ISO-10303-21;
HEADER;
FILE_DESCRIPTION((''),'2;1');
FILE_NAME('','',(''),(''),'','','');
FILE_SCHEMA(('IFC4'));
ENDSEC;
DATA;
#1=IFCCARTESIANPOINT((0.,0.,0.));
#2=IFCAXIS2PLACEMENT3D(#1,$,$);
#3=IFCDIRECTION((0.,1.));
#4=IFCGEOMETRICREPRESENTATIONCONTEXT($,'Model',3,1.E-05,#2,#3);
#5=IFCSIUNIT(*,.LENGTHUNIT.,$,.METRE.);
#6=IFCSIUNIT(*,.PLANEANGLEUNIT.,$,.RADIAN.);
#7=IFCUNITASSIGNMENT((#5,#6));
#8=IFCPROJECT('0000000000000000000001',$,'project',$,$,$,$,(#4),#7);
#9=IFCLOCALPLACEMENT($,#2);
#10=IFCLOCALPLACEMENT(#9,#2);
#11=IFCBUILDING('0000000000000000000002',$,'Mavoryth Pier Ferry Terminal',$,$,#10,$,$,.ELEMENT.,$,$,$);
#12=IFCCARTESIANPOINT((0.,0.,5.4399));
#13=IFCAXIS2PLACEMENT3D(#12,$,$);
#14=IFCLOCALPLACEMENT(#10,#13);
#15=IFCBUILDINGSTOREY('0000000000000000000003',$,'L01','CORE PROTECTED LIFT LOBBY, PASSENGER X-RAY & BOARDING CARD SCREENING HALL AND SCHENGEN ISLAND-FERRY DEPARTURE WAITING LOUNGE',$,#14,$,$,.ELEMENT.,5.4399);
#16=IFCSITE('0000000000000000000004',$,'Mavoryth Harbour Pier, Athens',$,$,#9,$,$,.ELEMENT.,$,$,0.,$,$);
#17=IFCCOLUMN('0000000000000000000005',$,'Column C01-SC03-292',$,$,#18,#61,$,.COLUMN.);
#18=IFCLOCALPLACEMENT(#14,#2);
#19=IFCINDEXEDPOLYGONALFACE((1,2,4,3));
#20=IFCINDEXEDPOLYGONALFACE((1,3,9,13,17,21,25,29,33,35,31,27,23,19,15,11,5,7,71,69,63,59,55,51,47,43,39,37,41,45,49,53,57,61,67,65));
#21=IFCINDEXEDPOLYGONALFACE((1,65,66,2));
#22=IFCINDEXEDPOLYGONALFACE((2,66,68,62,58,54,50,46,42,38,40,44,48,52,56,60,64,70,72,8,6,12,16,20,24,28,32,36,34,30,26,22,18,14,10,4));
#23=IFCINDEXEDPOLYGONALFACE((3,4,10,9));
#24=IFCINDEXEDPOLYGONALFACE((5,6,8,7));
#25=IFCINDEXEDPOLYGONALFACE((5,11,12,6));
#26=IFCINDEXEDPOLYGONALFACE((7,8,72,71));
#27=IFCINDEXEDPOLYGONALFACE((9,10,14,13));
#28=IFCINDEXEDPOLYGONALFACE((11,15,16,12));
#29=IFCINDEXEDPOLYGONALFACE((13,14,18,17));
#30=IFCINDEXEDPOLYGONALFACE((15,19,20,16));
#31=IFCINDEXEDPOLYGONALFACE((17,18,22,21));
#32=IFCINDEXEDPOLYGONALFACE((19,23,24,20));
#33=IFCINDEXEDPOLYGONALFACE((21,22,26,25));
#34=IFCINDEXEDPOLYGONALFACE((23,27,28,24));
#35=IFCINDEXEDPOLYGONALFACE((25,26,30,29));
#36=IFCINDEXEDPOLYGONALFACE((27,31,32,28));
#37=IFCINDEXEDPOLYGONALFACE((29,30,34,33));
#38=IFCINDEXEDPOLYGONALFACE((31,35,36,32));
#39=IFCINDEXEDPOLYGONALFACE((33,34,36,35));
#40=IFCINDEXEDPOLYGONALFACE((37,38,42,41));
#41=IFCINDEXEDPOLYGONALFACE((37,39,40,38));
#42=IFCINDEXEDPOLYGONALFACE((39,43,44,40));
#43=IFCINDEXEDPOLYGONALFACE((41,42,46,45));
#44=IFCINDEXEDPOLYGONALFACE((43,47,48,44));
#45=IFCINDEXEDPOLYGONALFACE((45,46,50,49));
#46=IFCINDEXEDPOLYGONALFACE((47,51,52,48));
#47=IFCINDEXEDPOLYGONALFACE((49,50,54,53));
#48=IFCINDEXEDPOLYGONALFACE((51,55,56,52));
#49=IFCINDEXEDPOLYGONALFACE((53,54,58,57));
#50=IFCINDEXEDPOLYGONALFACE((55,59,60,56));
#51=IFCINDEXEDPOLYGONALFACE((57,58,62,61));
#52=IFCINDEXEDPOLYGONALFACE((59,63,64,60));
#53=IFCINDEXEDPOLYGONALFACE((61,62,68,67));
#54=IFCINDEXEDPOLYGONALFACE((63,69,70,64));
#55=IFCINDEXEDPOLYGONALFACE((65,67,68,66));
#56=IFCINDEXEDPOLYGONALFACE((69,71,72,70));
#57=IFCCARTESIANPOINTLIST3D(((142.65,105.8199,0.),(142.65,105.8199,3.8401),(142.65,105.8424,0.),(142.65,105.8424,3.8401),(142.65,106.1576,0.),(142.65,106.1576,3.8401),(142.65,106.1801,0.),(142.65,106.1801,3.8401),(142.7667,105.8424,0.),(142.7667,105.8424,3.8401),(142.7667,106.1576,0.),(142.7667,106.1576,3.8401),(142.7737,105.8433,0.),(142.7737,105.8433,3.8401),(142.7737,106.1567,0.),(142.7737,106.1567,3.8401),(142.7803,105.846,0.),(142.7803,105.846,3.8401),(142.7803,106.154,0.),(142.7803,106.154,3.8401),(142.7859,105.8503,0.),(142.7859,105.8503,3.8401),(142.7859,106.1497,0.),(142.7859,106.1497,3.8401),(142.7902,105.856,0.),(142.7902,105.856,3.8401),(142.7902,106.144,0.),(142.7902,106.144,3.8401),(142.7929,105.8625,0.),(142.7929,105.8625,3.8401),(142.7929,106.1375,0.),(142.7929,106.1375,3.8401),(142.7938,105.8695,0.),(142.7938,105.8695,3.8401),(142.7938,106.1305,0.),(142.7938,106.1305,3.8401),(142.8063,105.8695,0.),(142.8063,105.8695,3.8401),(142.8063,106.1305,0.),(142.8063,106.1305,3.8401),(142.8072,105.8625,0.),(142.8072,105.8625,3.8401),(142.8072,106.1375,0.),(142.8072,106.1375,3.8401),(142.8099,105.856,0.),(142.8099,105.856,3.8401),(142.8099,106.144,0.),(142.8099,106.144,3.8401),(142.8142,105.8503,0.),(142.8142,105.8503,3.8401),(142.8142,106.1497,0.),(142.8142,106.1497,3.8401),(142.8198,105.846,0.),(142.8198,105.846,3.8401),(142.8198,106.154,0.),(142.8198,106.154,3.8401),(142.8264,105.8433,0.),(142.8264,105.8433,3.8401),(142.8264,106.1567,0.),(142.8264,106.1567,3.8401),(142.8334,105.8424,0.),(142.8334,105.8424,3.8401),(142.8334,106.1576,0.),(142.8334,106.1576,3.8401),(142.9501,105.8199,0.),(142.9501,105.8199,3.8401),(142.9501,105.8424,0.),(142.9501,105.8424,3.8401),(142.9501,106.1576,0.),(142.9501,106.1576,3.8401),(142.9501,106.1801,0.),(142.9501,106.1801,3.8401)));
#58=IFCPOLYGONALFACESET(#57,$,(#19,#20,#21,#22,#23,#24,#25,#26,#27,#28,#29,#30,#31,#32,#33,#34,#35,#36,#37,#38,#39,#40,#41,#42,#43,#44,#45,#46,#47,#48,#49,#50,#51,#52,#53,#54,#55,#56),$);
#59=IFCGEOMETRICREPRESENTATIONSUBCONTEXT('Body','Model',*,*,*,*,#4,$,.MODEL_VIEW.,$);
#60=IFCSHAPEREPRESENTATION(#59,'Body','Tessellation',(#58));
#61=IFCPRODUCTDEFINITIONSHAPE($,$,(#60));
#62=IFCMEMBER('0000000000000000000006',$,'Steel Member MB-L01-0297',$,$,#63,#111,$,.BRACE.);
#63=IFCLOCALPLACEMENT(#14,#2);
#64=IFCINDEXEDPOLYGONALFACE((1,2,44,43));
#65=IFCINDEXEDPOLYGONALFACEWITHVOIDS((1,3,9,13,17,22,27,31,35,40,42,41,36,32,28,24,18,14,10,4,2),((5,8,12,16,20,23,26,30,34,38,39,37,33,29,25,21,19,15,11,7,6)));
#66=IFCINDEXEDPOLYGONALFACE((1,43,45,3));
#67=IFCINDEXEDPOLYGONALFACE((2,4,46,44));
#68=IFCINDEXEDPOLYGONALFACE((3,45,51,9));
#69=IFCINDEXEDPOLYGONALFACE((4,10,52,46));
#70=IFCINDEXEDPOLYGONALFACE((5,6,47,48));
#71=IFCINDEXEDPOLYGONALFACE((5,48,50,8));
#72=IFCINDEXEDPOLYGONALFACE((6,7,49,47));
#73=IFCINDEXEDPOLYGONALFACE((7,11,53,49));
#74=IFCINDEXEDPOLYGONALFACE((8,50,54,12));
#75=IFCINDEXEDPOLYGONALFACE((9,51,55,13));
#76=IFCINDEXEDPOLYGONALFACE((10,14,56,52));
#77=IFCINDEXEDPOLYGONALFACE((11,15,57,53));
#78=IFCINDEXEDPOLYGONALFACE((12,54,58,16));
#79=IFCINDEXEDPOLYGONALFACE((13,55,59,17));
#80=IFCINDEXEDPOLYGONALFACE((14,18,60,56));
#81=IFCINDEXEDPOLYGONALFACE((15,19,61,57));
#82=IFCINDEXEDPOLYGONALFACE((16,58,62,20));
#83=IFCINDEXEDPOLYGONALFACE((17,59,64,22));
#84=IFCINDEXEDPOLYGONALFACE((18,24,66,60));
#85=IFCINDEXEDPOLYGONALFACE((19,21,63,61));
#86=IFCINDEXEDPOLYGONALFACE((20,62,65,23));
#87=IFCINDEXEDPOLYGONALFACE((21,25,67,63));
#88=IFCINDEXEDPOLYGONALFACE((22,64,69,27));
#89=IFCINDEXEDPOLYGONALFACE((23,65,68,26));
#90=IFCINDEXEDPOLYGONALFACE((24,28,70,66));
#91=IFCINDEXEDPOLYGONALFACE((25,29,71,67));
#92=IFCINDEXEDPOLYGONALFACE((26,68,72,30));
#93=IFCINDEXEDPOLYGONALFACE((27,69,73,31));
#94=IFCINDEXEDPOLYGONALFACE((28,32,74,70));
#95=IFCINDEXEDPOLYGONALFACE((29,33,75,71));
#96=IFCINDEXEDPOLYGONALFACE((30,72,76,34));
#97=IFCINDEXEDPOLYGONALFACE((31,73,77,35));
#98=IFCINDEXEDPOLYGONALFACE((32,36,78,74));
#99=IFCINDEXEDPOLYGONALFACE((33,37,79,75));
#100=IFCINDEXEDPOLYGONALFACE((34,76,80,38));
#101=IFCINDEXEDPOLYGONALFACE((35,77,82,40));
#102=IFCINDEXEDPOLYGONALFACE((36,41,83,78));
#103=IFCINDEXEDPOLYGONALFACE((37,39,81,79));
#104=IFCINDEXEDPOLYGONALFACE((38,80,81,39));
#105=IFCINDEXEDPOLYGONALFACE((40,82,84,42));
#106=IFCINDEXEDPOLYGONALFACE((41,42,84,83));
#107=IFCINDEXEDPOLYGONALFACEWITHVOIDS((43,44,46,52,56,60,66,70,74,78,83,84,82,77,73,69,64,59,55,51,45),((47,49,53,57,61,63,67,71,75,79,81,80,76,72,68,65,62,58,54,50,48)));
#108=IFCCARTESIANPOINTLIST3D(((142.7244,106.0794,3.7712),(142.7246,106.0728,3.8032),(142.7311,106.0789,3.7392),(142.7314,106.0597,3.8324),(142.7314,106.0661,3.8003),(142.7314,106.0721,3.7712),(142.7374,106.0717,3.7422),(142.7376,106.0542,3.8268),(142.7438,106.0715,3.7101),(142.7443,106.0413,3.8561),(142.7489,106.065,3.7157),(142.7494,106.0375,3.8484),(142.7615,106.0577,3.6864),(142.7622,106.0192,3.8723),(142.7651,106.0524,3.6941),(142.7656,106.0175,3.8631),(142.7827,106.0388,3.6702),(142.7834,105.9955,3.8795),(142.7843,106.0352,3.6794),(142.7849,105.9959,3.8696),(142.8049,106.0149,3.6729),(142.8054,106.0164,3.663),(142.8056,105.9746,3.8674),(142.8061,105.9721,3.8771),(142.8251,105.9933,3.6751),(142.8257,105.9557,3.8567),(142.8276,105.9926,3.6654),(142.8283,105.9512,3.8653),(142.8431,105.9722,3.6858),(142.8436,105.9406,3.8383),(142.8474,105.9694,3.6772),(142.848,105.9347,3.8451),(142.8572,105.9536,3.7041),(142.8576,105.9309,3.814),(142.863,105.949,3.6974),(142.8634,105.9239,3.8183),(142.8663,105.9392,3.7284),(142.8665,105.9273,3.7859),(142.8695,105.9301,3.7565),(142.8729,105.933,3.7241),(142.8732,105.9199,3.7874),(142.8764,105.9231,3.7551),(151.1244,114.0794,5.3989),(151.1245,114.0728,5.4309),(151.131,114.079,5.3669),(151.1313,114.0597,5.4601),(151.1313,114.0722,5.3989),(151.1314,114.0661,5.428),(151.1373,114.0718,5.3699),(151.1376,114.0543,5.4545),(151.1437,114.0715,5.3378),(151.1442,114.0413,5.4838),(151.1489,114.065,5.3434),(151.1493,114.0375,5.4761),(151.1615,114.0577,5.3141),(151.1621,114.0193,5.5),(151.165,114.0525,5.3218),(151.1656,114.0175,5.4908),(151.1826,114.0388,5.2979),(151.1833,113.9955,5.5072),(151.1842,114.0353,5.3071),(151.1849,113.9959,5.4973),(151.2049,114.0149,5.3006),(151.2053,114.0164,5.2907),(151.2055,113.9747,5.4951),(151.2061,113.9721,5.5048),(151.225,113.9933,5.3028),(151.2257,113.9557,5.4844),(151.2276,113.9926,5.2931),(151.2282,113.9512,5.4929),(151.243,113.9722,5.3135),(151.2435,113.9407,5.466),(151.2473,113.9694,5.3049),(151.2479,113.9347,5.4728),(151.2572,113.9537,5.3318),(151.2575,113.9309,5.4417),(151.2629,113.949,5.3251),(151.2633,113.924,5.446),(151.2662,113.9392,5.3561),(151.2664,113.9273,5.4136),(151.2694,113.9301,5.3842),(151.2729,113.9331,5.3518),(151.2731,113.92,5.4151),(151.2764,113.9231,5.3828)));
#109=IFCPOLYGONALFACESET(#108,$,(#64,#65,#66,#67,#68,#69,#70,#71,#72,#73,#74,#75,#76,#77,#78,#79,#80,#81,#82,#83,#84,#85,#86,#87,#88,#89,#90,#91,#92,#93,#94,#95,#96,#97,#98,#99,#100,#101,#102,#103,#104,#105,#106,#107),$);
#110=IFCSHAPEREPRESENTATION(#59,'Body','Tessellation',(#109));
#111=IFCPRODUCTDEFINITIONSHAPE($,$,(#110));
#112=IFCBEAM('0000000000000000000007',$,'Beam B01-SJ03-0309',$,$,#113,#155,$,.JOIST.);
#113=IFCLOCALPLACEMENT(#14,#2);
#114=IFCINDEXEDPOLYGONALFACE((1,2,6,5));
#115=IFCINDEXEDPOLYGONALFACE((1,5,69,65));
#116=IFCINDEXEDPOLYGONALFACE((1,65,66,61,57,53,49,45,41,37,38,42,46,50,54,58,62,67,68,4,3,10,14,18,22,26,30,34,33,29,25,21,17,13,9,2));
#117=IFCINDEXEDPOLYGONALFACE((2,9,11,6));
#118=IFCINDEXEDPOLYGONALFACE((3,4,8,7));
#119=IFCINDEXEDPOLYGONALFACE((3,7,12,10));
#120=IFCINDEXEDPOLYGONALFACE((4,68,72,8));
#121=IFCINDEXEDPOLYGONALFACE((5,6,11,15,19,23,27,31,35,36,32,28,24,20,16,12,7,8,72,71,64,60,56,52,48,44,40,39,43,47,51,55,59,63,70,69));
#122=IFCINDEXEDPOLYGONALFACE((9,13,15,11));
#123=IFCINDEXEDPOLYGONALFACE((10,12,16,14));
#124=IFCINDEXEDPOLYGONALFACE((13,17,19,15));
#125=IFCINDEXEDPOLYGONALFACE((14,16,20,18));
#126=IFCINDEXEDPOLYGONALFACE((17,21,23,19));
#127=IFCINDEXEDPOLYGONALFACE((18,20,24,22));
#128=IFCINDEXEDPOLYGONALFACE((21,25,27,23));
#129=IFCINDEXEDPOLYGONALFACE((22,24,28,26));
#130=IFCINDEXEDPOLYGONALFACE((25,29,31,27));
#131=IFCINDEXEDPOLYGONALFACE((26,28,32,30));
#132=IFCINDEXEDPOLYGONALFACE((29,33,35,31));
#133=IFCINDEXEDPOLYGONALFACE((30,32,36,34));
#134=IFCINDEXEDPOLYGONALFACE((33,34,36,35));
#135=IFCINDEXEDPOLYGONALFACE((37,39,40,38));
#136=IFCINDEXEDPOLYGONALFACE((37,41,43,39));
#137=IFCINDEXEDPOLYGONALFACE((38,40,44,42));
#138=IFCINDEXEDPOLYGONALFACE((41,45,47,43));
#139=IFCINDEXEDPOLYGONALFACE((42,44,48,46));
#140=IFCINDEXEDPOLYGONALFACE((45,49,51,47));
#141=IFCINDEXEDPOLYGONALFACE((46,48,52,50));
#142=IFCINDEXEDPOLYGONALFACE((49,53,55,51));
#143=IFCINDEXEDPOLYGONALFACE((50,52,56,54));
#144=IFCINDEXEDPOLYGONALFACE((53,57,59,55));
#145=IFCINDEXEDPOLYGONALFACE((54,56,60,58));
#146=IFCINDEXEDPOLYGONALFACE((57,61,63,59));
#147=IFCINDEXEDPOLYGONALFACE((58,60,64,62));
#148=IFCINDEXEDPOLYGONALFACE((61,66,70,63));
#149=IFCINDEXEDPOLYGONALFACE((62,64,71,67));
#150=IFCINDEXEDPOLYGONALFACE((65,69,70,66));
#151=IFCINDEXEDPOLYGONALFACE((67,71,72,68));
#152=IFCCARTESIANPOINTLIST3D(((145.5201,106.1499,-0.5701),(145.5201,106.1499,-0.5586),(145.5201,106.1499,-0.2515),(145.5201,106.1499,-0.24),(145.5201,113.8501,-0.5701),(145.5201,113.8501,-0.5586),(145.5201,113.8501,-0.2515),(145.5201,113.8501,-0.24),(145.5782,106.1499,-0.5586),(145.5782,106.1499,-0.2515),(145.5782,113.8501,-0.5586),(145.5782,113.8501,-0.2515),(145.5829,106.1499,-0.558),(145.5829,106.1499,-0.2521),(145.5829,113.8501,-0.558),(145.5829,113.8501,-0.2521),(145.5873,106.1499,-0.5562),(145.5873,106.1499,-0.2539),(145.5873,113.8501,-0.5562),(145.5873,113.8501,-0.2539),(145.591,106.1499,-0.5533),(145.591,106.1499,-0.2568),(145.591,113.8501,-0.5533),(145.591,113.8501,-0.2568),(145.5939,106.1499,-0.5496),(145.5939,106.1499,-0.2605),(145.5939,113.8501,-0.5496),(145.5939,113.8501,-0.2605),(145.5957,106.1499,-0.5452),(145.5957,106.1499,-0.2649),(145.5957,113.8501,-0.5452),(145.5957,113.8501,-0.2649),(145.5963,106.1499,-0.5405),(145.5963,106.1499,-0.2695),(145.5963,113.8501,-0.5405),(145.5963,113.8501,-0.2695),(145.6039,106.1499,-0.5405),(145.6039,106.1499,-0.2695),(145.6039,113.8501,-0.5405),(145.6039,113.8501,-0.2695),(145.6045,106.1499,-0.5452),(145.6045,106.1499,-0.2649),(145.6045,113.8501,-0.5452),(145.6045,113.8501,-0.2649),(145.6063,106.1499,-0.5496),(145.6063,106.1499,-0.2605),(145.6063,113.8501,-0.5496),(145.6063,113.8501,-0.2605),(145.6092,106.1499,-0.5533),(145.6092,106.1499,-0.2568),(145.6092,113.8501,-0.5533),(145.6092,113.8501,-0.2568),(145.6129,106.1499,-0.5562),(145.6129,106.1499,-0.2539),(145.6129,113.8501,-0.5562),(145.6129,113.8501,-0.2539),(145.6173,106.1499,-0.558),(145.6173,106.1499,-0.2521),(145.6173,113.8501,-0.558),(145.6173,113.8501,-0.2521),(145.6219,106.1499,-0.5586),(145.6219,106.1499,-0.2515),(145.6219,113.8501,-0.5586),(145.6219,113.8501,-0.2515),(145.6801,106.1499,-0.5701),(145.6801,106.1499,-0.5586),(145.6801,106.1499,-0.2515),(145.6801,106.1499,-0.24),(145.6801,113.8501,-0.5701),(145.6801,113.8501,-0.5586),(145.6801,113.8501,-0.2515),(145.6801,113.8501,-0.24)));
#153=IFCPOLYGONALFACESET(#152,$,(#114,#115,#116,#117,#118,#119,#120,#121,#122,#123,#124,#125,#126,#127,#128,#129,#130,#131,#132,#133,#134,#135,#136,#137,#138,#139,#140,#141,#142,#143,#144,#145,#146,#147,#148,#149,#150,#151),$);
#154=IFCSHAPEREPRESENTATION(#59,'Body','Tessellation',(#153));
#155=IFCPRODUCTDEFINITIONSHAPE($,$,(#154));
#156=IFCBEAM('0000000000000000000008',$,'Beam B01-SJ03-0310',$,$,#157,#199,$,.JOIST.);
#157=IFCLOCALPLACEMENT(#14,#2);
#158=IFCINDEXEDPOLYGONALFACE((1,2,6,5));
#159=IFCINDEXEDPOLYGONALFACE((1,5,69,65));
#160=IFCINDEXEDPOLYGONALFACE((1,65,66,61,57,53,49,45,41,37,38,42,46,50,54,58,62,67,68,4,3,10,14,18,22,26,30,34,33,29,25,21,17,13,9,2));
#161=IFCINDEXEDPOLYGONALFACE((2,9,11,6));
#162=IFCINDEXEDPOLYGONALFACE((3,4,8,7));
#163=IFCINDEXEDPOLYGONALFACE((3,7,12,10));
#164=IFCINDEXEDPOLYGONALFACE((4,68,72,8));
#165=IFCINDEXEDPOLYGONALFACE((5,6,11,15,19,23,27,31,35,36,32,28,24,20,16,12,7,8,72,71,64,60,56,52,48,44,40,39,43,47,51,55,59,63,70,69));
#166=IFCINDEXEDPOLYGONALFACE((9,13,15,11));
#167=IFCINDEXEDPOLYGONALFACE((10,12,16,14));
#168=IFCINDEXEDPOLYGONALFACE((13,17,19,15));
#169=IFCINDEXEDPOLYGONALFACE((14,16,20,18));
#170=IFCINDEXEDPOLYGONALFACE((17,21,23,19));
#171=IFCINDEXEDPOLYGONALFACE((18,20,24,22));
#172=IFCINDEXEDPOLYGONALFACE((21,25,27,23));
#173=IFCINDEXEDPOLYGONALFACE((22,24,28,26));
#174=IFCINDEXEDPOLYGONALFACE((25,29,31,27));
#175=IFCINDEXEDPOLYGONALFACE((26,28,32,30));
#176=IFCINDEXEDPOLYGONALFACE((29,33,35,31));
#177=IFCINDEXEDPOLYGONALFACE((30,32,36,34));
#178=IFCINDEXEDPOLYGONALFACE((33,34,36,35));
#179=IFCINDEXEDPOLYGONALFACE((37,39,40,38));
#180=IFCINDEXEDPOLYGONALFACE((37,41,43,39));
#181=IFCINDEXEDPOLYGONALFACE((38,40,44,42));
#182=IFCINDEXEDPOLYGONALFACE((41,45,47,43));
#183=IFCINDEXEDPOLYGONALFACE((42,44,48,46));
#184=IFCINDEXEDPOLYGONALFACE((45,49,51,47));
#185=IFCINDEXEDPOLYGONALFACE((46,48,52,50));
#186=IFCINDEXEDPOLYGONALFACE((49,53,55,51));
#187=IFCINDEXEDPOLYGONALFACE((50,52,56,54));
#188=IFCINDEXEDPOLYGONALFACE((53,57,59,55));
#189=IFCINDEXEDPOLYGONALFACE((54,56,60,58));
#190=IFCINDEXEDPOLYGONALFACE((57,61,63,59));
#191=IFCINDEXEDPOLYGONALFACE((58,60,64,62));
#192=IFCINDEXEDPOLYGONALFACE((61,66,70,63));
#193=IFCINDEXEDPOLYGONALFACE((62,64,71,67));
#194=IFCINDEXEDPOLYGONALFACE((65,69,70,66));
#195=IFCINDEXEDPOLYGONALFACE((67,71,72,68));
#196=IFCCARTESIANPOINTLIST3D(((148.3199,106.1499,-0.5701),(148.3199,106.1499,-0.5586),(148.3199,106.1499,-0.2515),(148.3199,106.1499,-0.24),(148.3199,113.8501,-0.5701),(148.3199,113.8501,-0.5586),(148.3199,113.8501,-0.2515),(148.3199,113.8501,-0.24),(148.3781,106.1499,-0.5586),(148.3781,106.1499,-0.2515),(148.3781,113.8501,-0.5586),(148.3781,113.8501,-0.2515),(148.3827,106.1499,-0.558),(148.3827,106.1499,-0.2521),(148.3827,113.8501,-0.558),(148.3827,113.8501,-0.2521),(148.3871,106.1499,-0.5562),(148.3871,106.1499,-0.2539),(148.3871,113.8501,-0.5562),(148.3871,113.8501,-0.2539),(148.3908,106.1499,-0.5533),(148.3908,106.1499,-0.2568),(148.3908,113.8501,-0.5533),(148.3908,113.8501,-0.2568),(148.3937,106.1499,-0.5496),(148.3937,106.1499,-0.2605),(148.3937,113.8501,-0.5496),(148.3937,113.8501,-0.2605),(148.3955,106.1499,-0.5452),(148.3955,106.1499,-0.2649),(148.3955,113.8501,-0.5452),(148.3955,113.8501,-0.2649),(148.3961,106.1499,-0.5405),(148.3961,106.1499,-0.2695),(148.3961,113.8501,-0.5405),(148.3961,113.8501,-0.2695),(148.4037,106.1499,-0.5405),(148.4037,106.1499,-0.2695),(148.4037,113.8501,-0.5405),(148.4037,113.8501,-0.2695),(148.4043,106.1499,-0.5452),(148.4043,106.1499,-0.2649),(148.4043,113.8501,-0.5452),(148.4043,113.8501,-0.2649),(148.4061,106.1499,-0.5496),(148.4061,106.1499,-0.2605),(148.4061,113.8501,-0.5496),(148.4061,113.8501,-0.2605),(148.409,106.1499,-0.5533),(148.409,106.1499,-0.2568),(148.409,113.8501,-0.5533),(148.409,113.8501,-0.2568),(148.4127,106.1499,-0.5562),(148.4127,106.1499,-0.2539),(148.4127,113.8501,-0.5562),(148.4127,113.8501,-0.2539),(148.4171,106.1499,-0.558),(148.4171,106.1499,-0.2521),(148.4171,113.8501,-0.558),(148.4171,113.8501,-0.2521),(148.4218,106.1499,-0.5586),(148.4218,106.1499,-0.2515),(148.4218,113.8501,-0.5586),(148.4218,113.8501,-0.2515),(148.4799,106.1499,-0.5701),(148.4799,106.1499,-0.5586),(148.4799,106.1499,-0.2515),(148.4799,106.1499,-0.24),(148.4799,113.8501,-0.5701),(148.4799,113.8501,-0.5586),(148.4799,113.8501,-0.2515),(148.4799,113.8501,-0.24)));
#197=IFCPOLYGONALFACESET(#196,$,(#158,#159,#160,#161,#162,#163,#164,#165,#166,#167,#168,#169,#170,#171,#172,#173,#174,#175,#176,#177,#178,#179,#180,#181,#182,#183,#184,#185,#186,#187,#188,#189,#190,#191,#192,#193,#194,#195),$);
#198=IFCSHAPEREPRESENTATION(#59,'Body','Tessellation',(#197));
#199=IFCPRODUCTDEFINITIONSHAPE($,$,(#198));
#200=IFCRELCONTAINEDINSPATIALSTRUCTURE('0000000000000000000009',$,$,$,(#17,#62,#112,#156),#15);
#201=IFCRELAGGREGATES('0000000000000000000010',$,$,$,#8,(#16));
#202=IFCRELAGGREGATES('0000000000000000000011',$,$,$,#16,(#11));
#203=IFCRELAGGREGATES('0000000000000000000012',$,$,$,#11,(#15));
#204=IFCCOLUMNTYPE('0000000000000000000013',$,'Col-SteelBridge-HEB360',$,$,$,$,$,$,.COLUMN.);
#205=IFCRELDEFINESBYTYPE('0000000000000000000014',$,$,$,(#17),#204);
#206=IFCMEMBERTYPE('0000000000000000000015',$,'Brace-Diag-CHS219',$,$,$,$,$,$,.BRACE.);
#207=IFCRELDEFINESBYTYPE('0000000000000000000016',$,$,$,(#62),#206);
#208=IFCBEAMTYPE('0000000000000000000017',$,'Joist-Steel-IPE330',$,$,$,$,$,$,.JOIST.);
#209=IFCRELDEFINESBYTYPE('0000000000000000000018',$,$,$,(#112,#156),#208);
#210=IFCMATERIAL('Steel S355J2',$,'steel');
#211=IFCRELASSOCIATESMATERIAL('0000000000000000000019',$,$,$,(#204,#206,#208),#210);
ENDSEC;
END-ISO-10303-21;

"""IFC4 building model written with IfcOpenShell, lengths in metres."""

from ifc_helpers import new_model, si_unit, direction, frame, origin, origin_2d, place, context, subcontext, project, spatial, hollow_circle, i_section, extrude, material, material_profile, profile_set, type_object, element, save


model = new_model("IFC4")

# Units and contexts
model_context = context("Model", 3, precision=1e-05, world=origin(), true_north=direction((0.0, 1.0)))
body_context = subcontext(model_context, "Body", "Model", "MODEL_VIEW")
ifc_project = project(units=[si_unit("LENGTHUNIT", "METRE"), si_unit("PLANEANGLEUNIT", "RADIAN")], contexts=[model_context])

# Site, building, storey
site_placement = place(None, origin())
site = spatial("IfcSite", under=ifc_project, at=site_placement, Name="Mavoryth Harbour Pier, Athens", CompositionType="ELEMENT", RefElevation=0.0)
building_placement = place(site_placement, origin())
building = spatial("IfcBuilding", under=site, at=building_placement, Name="Mavoryth Pier Ferry Terminal", CompositionType="ELEMENT")
storey_placement = place(building_placement, frame((0.0, 0.0, 5.4399)))
storey = spatial("IfcBuildingStorey", under=building, at=storey_placement, Name="L01", Description="CORE PROTECTED LIFT LOBBY, PASSENGER X-RAY & BOARDING CARD SCREENING HALL AND SCHENGEN ISLAND-FERRY DEPARTURE WAITING LOUNGE", CompositionType="ELEMENT", Elevation=5.4399)

# Column
ifc_material_1 = material(Name="Steel S355J2", Category="steel")
ifc_material_profile_1 = material_profile(ifc_material_1, i_section(OverallWidth=0.3, OverallDepth=0.3601, WebThickness=0.0125, FlangeThickness=0.0225, FilletRadius=0.0271, at=origin_2d()), Name="HEB 360", Category="steel")
ifc_profile_set_1 = profile_set([ifc_material_profile_1], Name="Steel S355J2 - HEB 360")
column_type = type_object("IfcColumnType", Name="Col-SteelBridge-HEB360", PredefinedType="COLUMN", material=ifc_profile_set_1)
column_placement = place(storey_placement, frame((142.8, 106.0, 0.0), z_axis=(0.0, 0.0, 1.0), x_axis=(1.0, 0.0, 0.0)))
element("IfcColumn", 1, at=column_placement, inside=storey, type_object=column_type, Name="Column C01-SC03-292", PredefinedType="COLUMN", context=body_context, shape_type="SweptSolid", body=[
    extrude(i_section(OverallWidth=0.3, OverallDepth=0.3601, WebThickness=0.0125, FlangeThickness=0.0225, FilletRadius=0.0271, at=origin_2d()), origin(), (0.0, 0.0, 1.0), 3.8401),
])

# Member
ifc_material_profile_2 = material_profile(ifc_material_1, hollow_circle(Radius=0.1096, WallThickness=0.01, at=origin_2d()), Name="CHS 219.1x10.0", Category="steel")
ifc_profile_set_2 = profile_set([ifc_material_profile_2], Name="Steel S355J2 - CHS 219.1x10.0")
member_type_1 = type_object("IfcMemberType", Name="Brace-Diag-CHS219", PredefinedType="BRACE", material=ifc_profile_set_2)
member_1_placement = place(storey_placement, frame((142.8, 106.0, 3.7712), z_axis=(0.717109, 0.682969, 0.138957), x_axis=(-0.689659, 0.724134, 0.0)))
element("IfcMember", 2, at=member_1_placement, inside=storey, type_object=member_type_1, Name="Steel Member MB-L01-0297", PredefinedType="BRACE", context=body_context, shape_type="SweptSolid", body=[
    extrude(hollow_circle(Radius=0.1096, WallThickness=0.01, at=origin_2d()), origin(), (0.0, 0.0, 1.0), 11.7136),
])

# Beams
ifc_material_profile_3 = material_profile(ifc_material_1, i_section(OverallWidth=0.1599, OverallDepth=0.3301, WebThickness=0.0076, FlangeThickness=0.0115, FilletRadius=0.0181, at=origin_2d()), Name="IPE 330", Category="steel")
ifc_profile_set_3 = profile_set([ifc_material_profile_3], Name="Steel S355J2 - IPE 330")
beam_type_1 = type_object("IfcBeamType", Name="Joist-Steel-IPE330", PredefinedType="JOIST", material=ifc_profile_set_3)
for number, where, z_axis, x_axis, name in (
    (3, (145.6001, 106.1499, -0.405), (0.0, 1.0, 0.0), (-1.0, 0.0, 0.0), "Beam B01-SJ03-0309"),
    (4, (148.3999, 106.1499, -0.405), (0.0, 1.0, 0.0), (-1.0, 0.0, 0.0), "Beam B01-SJ03-0310"),
):
    element("IfcBeam", number, at=place(storey_placement, frame(where, z_axis=z_axis, x_axis=x_axis)), inside=storey, type_object=beam_type_1, Name=name, PredefinedType="JOIST", context=body_context, shape_type="SweptSolid", body=[
        extrude(i_section(OverallWidth=0.1599, OverallDepth=0.3301, WebThickness=0.0076, FlangeThickness=0.0115, FilletRadius=0.0181, at=origin_2d()), origin(), (0.0, 0.0, 1.0), 7.7002),
    ])

save(model, "model.ifc")
